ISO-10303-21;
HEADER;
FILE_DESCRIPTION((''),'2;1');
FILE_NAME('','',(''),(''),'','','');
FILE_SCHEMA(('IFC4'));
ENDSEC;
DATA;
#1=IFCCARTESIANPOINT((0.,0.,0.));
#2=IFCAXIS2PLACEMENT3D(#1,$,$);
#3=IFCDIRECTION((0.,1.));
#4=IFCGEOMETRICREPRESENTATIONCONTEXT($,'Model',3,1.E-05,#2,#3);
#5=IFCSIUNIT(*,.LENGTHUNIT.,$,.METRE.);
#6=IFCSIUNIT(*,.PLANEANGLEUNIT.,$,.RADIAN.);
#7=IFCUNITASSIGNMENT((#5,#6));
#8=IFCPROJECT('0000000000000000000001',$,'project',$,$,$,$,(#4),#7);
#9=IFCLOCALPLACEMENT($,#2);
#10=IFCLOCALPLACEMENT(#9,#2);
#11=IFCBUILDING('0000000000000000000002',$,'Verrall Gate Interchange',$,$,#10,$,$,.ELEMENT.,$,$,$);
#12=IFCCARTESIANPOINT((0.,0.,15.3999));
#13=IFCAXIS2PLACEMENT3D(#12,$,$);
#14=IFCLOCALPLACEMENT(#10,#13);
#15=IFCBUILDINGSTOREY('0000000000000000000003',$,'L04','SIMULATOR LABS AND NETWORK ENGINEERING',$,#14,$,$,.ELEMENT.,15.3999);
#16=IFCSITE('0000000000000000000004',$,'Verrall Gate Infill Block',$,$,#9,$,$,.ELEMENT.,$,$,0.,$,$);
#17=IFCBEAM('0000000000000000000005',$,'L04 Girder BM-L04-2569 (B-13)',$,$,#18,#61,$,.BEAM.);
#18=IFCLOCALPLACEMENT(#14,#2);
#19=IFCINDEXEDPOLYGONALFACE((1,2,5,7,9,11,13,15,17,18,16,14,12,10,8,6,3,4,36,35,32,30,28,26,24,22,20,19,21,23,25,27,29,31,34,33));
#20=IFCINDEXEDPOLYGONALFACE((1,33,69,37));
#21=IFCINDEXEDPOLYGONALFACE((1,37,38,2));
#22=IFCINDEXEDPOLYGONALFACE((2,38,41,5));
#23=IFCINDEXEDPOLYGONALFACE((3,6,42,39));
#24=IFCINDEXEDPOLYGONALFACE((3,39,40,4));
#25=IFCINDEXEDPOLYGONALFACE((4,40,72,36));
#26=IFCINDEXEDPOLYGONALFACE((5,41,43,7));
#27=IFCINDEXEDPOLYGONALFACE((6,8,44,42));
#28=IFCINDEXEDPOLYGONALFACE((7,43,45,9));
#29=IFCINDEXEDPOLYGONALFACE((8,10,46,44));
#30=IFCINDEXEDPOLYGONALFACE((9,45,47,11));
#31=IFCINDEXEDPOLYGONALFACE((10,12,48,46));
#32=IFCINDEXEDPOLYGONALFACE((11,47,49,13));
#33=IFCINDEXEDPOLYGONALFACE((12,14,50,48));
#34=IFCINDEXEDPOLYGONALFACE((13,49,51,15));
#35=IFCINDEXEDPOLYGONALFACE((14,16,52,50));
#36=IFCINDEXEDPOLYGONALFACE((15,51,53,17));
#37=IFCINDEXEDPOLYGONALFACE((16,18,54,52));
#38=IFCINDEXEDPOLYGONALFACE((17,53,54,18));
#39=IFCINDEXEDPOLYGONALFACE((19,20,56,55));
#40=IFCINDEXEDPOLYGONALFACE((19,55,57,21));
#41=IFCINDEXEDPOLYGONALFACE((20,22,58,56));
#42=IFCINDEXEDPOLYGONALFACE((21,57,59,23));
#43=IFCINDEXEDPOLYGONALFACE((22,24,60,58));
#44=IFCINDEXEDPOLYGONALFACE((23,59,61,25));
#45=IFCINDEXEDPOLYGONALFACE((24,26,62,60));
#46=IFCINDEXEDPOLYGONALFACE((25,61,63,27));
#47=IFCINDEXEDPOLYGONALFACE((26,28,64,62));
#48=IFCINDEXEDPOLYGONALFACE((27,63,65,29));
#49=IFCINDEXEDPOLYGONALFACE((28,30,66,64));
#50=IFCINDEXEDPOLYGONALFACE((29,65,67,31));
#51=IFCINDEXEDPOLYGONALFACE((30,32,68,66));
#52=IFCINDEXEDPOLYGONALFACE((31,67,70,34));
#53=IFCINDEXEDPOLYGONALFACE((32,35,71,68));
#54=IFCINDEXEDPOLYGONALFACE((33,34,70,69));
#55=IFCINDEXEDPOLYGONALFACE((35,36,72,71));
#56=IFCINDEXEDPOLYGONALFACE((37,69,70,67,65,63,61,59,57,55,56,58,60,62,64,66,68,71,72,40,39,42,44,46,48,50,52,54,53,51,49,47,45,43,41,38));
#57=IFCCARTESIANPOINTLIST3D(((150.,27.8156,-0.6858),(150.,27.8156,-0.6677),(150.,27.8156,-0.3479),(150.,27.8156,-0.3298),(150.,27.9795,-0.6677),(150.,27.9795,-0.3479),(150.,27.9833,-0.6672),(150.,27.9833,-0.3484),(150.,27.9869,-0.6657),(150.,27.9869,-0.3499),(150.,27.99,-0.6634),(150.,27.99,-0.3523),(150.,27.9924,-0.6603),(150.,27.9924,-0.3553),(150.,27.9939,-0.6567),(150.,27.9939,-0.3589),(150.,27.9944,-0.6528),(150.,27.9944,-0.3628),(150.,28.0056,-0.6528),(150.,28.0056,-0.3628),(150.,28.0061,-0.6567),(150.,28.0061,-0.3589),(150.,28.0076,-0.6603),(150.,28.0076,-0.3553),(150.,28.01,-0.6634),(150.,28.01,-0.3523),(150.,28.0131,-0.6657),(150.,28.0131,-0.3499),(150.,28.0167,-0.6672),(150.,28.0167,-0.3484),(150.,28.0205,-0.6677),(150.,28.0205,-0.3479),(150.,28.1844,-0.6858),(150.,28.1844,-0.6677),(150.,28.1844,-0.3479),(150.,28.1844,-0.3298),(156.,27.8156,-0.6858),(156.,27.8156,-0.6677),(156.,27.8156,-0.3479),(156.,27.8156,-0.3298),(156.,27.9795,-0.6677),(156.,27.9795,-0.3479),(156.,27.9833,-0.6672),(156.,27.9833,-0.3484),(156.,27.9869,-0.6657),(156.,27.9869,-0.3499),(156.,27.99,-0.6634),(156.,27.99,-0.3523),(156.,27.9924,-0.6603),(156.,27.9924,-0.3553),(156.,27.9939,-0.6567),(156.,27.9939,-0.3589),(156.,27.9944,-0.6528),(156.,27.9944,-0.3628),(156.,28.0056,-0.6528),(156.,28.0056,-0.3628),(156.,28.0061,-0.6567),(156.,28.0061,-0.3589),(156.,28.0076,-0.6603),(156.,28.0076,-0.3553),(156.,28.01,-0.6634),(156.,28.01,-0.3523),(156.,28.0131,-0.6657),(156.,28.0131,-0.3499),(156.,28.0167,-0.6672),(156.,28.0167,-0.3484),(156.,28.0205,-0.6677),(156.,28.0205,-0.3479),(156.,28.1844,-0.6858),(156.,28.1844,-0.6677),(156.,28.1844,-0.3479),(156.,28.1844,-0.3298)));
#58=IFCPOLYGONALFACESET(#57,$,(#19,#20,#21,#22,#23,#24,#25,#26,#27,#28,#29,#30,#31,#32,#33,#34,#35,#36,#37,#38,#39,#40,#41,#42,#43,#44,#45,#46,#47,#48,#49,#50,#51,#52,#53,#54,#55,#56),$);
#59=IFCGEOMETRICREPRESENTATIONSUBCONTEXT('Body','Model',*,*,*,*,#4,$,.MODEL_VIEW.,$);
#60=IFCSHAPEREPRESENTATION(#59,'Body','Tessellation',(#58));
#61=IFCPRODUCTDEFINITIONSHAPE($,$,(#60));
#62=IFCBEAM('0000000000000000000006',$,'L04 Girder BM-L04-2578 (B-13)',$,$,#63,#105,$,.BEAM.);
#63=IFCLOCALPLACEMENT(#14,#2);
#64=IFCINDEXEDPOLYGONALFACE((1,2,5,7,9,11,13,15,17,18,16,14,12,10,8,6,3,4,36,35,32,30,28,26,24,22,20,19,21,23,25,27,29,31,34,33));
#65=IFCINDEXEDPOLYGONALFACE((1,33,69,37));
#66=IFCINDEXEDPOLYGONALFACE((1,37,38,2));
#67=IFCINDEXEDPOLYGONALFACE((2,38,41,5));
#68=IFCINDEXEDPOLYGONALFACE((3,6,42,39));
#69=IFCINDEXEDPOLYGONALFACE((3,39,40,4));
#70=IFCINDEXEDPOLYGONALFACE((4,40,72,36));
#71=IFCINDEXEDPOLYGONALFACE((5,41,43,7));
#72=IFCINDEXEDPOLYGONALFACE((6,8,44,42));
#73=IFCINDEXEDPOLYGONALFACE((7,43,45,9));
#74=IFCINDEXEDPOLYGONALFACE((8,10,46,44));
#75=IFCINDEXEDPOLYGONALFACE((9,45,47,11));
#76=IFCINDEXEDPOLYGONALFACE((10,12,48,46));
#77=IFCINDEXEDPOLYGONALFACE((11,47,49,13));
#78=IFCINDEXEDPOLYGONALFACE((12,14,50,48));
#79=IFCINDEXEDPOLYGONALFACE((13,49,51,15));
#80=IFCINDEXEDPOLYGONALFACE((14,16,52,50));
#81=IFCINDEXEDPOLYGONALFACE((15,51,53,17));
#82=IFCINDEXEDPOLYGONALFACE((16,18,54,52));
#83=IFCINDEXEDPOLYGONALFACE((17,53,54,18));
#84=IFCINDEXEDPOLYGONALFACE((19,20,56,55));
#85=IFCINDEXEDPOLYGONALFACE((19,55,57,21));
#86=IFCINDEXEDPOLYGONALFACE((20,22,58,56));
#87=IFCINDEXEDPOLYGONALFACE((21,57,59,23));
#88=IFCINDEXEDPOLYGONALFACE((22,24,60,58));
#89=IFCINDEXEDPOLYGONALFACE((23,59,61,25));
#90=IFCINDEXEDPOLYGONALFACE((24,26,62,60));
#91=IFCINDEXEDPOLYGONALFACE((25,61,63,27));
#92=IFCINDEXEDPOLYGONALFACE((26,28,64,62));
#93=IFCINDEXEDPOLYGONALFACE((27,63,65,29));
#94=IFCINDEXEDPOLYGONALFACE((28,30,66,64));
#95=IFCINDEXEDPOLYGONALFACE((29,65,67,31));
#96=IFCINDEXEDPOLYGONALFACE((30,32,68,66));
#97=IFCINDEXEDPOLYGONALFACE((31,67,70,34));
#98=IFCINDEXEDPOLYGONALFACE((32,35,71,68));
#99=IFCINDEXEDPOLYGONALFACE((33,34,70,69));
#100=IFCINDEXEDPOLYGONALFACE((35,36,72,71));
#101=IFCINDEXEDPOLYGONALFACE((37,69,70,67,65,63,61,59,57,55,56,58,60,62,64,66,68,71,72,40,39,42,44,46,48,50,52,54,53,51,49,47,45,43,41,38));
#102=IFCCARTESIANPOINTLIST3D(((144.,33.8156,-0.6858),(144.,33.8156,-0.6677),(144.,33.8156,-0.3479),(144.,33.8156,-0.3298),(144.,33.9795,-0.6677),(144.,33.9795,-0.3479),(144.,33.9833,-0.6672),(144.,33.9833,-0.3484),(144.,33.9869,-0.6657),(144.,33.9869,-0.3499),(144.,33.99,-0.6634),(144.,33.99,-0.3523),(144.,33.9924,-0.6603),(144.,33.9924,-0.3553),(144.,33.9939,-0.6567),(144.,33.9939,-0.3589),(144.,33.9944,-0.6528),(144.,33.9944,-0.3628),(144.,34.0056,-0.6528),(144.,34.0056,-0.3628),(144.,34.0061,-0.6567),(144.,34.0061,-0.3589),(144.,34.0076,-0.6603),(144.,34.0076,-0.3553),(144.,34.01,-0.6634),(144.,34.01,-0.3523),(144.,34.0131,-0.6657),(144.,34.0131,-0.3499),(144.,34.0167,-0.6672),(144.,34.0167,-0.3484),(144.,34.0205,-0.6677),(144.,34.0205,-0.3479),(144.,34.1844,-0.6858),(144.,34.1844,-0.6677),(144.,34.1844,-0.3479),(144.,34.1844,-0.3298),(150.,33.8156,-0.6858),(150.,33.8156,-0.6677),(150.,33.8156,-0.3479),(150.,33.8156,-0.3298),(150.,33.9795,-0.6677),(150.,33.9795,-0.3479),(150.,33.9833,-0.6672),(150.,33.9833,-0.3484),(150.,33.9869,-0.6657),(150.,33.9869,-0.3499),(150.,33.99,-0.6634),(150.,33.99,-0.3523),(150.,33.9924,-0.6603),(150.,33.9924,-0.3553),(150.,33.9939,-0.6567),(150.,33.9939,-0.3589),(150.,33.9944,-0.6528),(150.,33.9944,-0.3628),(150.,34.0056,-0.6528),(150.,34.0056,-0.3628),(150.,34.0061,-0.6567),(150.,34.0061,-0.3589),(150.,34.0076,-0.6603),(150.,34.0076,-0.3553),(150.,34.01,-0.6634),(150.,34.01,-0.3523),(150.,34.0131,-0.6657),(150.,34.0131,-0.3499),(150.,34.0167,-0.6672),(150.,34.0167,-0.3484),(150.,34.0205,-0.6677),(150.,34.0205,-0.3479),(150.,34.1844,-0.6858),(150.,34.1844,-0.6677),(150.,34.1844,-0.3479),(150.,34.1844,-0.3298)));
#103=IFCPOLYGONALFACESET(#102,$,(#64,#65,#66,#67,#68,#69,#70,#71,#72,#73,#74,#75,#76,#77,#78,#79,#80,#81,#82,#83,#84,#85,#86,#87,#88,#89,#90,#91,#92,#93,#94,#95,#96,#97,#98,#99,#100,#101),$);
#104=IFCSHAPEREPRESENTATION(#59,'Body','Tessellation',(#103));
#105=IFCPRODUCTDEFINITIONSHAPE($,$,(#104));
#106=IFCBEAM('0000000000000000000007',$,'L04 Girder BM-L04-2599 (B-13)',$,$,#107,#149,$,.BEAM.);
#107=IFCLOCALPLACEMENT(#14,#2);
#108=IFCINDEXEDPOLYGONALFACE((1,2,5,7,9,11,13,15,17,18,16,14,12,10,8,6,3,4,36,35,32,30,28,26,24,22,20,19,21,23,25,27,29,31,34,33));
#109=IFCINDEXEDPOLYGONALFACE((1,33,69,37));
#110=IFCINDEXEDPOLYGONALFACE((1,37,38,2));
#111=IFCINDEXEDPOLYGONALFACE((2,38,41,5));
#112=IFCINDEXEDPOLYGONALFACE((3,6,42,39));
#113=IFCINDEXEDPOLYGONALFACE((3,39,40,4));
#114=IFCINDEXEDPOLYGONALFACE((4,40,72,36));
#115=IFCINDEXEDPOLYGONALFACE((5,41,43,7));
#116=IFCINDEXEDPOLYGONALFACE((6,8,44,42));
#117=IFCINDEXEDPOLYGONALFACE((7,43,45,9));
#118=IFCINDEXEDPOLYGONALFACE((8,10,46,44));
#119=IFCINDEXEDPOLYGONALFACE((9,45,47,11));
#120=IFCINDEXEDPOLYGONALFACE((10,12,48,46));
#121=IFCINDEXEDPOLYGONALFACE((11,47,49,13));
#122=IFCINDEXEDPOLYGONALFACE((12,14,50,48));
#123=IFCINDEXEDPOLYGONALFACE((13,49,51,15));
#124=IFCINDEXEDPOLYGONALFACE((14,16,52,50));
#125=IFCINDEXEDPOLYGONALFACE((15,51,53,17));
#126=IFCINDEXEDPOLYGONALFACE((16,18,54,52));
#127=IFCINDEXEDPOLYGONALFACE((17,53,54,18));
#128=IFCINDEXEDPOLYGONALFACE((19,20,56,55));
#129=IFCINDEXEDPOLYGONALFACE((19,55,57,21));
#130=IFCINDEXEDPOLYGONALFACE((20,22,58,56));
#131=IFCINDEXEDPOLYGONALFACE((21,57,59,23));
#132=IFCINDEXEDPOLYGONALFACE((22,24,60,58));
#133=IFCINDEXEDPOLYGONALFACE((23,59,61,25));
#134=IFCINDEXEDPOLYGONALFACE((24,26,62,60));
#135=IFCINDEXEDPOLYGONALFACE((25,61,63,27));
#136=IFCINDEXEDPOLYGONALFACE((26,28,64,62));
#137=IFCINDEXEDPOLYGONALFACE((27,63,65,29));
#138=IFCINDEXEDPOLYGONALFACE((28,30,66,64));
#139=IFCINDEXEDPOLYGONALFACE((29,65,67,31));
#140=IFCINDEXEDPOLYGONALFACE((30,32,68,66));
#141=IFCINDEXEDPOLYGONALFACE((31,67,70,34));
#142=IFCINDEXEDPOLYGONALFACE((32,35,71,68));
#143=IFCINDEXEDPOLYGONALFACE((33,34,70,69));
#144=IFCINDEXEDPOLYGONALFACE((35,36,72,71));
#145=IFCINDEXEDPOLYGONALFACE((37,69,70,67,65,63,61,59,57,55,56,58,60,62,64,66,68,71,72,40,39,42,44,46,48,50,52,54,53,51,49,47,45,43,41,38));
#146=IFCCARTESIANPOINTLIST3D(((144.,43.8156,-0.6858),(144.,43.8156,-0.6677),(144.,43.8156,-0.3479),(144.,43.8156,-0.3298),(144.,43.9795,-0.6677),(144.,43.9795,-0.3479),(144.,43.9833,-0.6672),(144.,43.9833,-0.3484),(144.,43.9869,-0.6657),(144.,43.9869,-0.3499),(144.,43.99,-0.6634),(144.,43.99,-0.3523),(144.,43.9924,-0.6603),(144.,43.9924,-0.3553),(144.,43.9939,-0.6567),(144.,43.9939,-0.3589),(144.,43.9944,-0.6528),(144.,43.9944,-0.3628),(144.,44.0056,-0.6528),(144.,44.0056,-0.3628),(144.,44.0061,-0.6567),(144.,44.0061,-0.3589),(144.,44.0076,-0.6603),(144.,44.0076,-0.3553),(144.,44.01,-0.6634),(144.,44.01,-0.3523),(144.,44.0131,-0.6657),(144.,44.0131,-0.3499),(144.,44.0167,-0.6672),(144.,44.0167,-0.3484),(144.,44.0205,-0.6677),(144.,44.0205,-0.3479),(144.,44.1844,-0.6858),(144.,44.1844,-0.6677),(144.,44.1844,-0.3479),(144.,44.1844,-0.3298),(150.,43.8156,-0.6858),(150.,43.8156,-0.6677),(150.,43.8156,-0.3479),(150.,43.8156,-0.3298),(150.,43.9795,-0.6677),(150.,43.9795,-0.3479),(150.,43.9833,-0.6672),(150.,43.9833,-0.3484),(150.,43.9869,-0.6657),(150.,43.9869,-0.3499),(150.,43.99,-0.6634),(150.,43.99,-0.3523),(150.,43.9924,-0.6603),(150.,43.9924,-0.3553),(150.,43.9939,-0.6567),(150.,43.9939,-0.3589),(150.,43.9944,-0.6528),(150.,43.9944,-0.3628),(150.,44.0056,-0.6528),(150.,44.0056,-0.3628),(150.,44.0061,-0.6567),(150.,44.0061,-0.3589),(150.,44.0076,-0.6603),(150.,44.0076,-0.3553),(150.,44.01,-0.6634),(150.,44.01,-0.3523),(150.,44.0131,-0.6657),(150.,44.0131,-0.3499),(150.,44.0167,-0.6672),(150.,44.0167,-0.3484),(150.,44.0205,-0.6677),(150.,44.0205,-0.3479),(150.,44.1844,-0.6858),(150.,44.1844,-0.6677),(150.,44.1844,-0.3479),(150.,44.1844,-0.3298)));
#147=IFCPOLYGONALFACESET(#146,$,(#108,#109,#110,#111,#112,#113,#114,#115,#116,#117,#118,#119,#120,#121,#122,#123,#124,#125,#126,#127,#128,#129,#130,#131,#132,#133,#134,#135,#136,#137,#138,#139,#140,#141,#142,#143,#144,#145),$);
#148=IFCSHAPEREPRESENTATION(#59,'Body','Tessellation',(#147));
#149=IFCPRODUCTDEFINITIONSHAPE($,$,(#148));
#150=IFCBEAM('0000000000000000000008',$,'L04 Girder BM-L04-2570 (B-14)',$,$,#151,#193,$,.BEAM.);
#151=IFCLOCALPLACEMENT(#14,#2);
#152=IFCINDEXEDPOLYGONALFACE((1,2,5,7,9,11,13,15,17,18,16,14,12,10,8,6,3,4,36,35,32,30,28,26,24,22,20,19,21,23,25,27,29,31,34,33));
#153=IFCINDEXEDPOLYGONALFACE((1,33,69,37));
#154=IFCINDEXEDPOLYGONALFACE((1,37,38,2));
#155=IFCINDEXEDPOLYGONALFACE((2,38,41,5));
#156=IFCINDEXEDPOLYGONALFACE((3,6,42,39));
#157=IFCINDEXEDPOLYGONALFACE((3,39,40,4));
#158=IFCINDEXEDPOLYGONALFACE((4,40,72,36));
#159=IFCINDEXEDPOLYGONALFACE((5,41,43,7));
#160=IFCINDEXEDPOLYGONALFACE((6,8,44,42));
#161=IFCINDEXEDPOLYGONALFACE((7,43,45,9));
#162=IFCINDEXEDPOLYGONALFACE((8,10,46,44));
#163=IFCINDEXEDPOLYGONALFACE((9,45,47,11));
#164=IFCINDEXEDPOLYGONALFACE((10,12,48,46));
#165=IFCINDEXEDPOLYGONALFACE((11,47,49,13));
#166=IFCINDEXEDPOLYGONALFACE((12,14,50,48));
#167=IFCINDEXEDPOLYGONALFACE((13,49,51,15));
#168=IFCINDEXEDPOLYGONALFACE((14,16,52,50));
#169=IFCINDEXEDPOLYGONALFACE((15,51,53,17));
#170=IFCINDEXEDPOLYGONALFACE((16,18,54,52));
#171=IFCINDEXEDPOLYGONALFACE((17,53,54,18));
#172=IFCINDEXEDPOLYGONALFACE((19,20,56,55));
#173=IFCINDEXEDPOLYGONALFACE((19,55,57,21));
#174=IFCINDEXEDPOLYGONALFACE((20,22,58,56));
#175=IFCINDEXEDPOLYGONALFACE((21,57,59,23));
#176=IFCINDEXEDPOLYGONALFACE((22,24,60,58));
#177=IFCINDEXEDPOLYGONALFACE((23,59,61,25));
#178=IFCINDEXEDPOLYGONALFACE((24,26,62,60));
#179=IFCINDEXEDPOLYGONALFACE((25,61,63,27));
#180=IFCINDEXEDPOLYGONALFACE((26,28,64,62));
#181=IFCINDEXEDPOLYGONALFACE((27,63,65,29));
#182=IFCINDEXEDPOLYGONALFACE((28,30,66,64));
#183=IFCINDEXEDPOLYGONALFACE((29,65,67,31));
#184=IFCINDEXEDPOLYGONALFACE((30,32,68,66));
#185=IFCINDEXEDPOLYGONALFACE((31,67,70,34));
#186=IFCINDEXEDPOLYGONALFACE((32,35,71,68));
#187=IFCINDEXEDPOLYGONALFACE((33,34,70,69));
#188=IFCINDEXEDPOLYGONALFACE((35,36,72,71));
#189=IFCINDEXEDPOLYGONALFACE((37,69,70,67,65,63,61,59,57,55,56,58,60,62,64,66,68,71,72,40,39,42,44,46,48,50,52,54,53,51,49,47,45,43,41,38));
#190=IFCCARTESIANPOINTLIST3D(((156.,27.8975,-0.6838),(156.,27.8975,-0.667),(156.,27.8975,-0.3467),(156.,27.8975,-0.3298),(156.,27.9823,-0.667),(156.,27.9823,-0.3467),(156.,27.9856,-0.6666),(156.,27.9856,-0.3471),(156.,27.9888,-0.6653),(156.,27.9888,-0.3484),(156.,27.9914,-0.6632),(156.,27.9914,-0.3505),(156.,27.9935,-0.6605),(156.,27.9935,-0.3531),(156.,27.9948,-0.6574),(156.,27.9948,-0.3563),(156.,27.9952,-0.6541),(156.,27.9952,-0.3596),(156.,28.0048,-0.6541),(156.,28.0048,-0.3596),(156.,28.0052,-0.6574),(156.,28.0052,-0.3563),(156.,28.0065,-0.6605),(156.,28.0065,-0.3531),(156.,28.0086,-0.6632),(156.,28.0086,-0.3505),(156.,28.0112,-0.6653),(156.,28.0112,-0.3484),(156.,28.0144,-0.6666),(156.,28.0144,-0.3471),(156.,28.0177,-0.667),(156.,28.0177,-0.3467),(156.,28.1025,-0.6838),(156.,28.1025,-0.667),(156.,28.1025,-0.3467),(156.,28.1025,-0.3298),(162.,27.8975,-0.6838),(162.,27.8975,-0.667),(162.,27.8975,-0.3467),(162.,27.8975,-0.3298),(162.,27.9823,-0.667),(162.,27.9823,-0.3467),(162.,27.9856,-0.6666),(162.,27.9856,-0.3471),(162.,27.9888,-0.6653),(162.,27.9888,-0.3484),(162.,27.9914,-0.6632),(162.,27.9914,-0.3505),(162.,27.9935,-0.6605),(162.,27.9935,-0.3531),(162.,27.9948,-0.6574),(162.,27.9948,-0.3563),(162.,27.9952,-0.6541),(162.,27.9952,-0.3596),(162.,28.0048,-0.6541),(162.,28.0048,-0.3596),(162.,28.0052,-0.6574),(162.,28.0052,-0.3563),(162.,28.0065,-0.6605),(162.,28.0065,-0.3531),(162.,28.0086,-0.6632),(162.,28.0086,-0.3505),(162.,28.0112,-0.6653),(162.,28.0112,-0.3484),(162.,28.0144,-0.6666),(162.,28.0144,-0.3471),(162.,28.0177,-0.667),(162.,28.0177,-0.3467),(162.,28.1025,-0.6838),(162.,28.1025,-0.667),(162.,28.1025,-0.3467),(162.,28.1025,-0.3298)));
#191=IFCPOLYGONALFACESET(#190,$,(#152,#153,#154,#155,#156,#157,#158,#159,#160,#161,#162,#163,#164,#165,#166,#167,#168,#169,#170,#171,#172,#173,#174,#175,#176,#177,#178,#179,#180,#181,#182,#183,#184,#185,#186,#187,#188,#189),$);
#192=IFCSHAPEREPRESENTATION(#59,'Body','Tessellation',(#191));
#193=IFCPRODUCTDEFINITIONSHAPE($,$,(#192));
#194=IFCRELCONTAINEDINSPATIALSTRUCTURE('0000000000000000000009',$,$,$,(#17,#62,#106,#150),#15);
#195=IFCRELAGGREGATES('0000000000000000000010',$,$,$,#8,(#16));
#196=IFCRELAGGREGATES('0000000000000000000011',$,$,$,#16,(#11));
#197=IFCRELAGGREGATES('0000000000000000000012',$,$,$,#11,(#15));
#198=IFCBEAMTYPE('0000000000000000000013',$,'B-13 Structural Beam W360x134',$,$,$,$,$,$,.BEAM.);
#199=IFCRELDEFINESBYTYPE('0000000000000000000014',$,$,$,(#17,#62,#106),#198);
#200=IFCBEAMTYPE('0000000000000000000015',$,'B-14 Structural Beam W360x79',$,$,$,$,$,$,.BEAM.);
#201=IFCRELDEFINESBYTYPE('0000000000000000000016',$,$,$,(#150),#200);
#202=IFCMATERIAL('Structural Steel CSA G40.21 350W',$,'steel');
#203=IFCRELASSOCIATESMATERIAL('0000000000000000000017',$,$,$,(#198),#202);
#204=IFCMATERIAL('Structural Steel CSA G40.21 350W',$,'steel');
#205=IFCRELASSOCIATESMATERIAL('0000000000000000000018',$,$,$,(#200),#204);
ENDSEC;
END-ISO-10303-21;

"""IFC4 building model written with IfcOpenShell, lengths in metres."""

from ifc_helpers import new_model, si_unit, direction, frame, origin, origin_2d, place, context, subcontext, project, spatial, i_section, extrude, material, material_profile, profile_set, type_object, element, save


model = new_model("IFC4")

# Units and contexts
model_context = context("Model", 3, precision=1e-05, world=origin(), true_north=direction((0.0, 1.0)))
body_context = subcontext(model_context, "Body", "Model", "MODEL_VIEW")
ifc_project = project(units=[si_unit("LENGTHUNIT", "METRE"), si_unit("PLANEANGLEUNIT", "RADIAN")], contexts=[model_context])

# Site, building, storey
site_placement = place(None, origin())
site = spatial("IfcSite", under=ifc_project, at=site_placement, Name="Verrall Gate Infill Block", CompositionType="ELEMENT", RefElevation=0.0)
building_placement = place(site_placement, origin())
building = spatial("IfcBuilding", under=site, at=building_placement, Name="Verrall Gate Interchange", CompositionType="ELEMENT")
storey_placement = place(building_placement, frame((0.0, 0.0, 15.3999)))
storey = spatial("IfcBuildingStorey", under=building, at=storey_placement, Name="L04", Description="SIMULATOR LABS AND NETWORK ENGINEERING", CompositionType="ELEMENT", Elevation=15.3999)

# Beams
ifc_material_1 = material(Name="Structural Steel CSA G40.21 350W", Category="steel")
ifc_material_profile_1 = material_profile(ifc_material_1, i_section(OverallWidth=0.3689, OverallDepth=0.356, WebThickness=0.0112, FlangeThickness=0.0181, FilletRadius=0.0149, at=origin_2d()), Name="W360x134")
ifc_profile_set_1 = profile_set([ifc_material_profile_1], Name="Structural Steel CSA G40.21 350W")
beam_type_1 = type_object("IfcBeamType", Name="B-13 Structural Beam W360x134", PredefinedType="BEAM", material=ifc_profile_set_1)
for number, where, z_axis, x_axis, name in (
    (1, (150.0, 28.0, -0.5078), (1.0, 0.0, 0.0), (0.0, 1.0, 0.0), "L04 Girder BM-L04-2569 (B-13)"),
    (2, (144.0, 34.0, -0.5078), (1.0, 0.0, 0.0), (0.0, 1.0, 0.0), "L04 Girder BM-L04-2578 (B-13)"),
    (3, (144.0, 44.0, -0.5078), (1.0, 0.0, 0.0), (0.0, 1.0, 0.0), "L04 Girder BM-L04-2599 (B-13)"),
):
    element("IfcBeam", number, at=place(storey_placement, frame(where, z_axis=z_axis, x_axis=x_axis)), inside=storey, type_object=beam_type_1, Name=name, PredefinedType="BEAM", context=body_context, shape_type="SweptSolid", body=[
        extrude(i_section(OverallWidth=0.3689, OverallDepth=0.356, WebThickness=0.0112, FlangeThickness=0.0181, FilletRadius=0.0149, at=origin_2d()), origin(), (0.0, 0.0, 1.0), 6.0),
    ])
ifc_material_2 = material(Name="Structural Steel CSA G40.21 350W", Category="steel")
ifc_material_profile_2 = material_profile(ifc_material_2, i_section(OverallWidth=0.2051, OverallDepth=0.354, WebThickness=0.0095, FlangeThickness=0.0168, FilletRadius=0.0129, at=origin_2d()), Name="W360x79")
ifc_profile_set_2 = profile_set([ifc_material_profile_2], Name="Structural Steel CSA G40.21 350W")
beam_type_2 = type_object("IfcBeamType", Name="B-14 Structural Beam W360x79", PredefinedType="BEAM", material=ifc_profile_set_2)
for number, where, z_axis, x_axis, name in (
    (4, (156.0, 28.0, -0.5068), (1.0, 0.0, 0.0), (0.0, 1.0, 0.0), "L04 Girder BM-L04-2570 (B-14)"),
):
    element("IfcBeam", number, at=place(storey_placement, frame(where, z_axis=z_axis, x_axis=x_axis)), inside=storey, type_object=beam_type_2, Name=name, PredefinedType="BEAM", context=body_context, shape_type="SweptSolid", body=[
        extrude(i_section(OverallWidth=0.2051, OverallDepth=0.354, WebThickness=0.0095, FlangeThickness=0.0168, FilletRadius=0.0129, at=origin_2d()), origin(), (0.0, 0.0, 1.0), 6.0),
    ])

save(model, "model.ifc")
